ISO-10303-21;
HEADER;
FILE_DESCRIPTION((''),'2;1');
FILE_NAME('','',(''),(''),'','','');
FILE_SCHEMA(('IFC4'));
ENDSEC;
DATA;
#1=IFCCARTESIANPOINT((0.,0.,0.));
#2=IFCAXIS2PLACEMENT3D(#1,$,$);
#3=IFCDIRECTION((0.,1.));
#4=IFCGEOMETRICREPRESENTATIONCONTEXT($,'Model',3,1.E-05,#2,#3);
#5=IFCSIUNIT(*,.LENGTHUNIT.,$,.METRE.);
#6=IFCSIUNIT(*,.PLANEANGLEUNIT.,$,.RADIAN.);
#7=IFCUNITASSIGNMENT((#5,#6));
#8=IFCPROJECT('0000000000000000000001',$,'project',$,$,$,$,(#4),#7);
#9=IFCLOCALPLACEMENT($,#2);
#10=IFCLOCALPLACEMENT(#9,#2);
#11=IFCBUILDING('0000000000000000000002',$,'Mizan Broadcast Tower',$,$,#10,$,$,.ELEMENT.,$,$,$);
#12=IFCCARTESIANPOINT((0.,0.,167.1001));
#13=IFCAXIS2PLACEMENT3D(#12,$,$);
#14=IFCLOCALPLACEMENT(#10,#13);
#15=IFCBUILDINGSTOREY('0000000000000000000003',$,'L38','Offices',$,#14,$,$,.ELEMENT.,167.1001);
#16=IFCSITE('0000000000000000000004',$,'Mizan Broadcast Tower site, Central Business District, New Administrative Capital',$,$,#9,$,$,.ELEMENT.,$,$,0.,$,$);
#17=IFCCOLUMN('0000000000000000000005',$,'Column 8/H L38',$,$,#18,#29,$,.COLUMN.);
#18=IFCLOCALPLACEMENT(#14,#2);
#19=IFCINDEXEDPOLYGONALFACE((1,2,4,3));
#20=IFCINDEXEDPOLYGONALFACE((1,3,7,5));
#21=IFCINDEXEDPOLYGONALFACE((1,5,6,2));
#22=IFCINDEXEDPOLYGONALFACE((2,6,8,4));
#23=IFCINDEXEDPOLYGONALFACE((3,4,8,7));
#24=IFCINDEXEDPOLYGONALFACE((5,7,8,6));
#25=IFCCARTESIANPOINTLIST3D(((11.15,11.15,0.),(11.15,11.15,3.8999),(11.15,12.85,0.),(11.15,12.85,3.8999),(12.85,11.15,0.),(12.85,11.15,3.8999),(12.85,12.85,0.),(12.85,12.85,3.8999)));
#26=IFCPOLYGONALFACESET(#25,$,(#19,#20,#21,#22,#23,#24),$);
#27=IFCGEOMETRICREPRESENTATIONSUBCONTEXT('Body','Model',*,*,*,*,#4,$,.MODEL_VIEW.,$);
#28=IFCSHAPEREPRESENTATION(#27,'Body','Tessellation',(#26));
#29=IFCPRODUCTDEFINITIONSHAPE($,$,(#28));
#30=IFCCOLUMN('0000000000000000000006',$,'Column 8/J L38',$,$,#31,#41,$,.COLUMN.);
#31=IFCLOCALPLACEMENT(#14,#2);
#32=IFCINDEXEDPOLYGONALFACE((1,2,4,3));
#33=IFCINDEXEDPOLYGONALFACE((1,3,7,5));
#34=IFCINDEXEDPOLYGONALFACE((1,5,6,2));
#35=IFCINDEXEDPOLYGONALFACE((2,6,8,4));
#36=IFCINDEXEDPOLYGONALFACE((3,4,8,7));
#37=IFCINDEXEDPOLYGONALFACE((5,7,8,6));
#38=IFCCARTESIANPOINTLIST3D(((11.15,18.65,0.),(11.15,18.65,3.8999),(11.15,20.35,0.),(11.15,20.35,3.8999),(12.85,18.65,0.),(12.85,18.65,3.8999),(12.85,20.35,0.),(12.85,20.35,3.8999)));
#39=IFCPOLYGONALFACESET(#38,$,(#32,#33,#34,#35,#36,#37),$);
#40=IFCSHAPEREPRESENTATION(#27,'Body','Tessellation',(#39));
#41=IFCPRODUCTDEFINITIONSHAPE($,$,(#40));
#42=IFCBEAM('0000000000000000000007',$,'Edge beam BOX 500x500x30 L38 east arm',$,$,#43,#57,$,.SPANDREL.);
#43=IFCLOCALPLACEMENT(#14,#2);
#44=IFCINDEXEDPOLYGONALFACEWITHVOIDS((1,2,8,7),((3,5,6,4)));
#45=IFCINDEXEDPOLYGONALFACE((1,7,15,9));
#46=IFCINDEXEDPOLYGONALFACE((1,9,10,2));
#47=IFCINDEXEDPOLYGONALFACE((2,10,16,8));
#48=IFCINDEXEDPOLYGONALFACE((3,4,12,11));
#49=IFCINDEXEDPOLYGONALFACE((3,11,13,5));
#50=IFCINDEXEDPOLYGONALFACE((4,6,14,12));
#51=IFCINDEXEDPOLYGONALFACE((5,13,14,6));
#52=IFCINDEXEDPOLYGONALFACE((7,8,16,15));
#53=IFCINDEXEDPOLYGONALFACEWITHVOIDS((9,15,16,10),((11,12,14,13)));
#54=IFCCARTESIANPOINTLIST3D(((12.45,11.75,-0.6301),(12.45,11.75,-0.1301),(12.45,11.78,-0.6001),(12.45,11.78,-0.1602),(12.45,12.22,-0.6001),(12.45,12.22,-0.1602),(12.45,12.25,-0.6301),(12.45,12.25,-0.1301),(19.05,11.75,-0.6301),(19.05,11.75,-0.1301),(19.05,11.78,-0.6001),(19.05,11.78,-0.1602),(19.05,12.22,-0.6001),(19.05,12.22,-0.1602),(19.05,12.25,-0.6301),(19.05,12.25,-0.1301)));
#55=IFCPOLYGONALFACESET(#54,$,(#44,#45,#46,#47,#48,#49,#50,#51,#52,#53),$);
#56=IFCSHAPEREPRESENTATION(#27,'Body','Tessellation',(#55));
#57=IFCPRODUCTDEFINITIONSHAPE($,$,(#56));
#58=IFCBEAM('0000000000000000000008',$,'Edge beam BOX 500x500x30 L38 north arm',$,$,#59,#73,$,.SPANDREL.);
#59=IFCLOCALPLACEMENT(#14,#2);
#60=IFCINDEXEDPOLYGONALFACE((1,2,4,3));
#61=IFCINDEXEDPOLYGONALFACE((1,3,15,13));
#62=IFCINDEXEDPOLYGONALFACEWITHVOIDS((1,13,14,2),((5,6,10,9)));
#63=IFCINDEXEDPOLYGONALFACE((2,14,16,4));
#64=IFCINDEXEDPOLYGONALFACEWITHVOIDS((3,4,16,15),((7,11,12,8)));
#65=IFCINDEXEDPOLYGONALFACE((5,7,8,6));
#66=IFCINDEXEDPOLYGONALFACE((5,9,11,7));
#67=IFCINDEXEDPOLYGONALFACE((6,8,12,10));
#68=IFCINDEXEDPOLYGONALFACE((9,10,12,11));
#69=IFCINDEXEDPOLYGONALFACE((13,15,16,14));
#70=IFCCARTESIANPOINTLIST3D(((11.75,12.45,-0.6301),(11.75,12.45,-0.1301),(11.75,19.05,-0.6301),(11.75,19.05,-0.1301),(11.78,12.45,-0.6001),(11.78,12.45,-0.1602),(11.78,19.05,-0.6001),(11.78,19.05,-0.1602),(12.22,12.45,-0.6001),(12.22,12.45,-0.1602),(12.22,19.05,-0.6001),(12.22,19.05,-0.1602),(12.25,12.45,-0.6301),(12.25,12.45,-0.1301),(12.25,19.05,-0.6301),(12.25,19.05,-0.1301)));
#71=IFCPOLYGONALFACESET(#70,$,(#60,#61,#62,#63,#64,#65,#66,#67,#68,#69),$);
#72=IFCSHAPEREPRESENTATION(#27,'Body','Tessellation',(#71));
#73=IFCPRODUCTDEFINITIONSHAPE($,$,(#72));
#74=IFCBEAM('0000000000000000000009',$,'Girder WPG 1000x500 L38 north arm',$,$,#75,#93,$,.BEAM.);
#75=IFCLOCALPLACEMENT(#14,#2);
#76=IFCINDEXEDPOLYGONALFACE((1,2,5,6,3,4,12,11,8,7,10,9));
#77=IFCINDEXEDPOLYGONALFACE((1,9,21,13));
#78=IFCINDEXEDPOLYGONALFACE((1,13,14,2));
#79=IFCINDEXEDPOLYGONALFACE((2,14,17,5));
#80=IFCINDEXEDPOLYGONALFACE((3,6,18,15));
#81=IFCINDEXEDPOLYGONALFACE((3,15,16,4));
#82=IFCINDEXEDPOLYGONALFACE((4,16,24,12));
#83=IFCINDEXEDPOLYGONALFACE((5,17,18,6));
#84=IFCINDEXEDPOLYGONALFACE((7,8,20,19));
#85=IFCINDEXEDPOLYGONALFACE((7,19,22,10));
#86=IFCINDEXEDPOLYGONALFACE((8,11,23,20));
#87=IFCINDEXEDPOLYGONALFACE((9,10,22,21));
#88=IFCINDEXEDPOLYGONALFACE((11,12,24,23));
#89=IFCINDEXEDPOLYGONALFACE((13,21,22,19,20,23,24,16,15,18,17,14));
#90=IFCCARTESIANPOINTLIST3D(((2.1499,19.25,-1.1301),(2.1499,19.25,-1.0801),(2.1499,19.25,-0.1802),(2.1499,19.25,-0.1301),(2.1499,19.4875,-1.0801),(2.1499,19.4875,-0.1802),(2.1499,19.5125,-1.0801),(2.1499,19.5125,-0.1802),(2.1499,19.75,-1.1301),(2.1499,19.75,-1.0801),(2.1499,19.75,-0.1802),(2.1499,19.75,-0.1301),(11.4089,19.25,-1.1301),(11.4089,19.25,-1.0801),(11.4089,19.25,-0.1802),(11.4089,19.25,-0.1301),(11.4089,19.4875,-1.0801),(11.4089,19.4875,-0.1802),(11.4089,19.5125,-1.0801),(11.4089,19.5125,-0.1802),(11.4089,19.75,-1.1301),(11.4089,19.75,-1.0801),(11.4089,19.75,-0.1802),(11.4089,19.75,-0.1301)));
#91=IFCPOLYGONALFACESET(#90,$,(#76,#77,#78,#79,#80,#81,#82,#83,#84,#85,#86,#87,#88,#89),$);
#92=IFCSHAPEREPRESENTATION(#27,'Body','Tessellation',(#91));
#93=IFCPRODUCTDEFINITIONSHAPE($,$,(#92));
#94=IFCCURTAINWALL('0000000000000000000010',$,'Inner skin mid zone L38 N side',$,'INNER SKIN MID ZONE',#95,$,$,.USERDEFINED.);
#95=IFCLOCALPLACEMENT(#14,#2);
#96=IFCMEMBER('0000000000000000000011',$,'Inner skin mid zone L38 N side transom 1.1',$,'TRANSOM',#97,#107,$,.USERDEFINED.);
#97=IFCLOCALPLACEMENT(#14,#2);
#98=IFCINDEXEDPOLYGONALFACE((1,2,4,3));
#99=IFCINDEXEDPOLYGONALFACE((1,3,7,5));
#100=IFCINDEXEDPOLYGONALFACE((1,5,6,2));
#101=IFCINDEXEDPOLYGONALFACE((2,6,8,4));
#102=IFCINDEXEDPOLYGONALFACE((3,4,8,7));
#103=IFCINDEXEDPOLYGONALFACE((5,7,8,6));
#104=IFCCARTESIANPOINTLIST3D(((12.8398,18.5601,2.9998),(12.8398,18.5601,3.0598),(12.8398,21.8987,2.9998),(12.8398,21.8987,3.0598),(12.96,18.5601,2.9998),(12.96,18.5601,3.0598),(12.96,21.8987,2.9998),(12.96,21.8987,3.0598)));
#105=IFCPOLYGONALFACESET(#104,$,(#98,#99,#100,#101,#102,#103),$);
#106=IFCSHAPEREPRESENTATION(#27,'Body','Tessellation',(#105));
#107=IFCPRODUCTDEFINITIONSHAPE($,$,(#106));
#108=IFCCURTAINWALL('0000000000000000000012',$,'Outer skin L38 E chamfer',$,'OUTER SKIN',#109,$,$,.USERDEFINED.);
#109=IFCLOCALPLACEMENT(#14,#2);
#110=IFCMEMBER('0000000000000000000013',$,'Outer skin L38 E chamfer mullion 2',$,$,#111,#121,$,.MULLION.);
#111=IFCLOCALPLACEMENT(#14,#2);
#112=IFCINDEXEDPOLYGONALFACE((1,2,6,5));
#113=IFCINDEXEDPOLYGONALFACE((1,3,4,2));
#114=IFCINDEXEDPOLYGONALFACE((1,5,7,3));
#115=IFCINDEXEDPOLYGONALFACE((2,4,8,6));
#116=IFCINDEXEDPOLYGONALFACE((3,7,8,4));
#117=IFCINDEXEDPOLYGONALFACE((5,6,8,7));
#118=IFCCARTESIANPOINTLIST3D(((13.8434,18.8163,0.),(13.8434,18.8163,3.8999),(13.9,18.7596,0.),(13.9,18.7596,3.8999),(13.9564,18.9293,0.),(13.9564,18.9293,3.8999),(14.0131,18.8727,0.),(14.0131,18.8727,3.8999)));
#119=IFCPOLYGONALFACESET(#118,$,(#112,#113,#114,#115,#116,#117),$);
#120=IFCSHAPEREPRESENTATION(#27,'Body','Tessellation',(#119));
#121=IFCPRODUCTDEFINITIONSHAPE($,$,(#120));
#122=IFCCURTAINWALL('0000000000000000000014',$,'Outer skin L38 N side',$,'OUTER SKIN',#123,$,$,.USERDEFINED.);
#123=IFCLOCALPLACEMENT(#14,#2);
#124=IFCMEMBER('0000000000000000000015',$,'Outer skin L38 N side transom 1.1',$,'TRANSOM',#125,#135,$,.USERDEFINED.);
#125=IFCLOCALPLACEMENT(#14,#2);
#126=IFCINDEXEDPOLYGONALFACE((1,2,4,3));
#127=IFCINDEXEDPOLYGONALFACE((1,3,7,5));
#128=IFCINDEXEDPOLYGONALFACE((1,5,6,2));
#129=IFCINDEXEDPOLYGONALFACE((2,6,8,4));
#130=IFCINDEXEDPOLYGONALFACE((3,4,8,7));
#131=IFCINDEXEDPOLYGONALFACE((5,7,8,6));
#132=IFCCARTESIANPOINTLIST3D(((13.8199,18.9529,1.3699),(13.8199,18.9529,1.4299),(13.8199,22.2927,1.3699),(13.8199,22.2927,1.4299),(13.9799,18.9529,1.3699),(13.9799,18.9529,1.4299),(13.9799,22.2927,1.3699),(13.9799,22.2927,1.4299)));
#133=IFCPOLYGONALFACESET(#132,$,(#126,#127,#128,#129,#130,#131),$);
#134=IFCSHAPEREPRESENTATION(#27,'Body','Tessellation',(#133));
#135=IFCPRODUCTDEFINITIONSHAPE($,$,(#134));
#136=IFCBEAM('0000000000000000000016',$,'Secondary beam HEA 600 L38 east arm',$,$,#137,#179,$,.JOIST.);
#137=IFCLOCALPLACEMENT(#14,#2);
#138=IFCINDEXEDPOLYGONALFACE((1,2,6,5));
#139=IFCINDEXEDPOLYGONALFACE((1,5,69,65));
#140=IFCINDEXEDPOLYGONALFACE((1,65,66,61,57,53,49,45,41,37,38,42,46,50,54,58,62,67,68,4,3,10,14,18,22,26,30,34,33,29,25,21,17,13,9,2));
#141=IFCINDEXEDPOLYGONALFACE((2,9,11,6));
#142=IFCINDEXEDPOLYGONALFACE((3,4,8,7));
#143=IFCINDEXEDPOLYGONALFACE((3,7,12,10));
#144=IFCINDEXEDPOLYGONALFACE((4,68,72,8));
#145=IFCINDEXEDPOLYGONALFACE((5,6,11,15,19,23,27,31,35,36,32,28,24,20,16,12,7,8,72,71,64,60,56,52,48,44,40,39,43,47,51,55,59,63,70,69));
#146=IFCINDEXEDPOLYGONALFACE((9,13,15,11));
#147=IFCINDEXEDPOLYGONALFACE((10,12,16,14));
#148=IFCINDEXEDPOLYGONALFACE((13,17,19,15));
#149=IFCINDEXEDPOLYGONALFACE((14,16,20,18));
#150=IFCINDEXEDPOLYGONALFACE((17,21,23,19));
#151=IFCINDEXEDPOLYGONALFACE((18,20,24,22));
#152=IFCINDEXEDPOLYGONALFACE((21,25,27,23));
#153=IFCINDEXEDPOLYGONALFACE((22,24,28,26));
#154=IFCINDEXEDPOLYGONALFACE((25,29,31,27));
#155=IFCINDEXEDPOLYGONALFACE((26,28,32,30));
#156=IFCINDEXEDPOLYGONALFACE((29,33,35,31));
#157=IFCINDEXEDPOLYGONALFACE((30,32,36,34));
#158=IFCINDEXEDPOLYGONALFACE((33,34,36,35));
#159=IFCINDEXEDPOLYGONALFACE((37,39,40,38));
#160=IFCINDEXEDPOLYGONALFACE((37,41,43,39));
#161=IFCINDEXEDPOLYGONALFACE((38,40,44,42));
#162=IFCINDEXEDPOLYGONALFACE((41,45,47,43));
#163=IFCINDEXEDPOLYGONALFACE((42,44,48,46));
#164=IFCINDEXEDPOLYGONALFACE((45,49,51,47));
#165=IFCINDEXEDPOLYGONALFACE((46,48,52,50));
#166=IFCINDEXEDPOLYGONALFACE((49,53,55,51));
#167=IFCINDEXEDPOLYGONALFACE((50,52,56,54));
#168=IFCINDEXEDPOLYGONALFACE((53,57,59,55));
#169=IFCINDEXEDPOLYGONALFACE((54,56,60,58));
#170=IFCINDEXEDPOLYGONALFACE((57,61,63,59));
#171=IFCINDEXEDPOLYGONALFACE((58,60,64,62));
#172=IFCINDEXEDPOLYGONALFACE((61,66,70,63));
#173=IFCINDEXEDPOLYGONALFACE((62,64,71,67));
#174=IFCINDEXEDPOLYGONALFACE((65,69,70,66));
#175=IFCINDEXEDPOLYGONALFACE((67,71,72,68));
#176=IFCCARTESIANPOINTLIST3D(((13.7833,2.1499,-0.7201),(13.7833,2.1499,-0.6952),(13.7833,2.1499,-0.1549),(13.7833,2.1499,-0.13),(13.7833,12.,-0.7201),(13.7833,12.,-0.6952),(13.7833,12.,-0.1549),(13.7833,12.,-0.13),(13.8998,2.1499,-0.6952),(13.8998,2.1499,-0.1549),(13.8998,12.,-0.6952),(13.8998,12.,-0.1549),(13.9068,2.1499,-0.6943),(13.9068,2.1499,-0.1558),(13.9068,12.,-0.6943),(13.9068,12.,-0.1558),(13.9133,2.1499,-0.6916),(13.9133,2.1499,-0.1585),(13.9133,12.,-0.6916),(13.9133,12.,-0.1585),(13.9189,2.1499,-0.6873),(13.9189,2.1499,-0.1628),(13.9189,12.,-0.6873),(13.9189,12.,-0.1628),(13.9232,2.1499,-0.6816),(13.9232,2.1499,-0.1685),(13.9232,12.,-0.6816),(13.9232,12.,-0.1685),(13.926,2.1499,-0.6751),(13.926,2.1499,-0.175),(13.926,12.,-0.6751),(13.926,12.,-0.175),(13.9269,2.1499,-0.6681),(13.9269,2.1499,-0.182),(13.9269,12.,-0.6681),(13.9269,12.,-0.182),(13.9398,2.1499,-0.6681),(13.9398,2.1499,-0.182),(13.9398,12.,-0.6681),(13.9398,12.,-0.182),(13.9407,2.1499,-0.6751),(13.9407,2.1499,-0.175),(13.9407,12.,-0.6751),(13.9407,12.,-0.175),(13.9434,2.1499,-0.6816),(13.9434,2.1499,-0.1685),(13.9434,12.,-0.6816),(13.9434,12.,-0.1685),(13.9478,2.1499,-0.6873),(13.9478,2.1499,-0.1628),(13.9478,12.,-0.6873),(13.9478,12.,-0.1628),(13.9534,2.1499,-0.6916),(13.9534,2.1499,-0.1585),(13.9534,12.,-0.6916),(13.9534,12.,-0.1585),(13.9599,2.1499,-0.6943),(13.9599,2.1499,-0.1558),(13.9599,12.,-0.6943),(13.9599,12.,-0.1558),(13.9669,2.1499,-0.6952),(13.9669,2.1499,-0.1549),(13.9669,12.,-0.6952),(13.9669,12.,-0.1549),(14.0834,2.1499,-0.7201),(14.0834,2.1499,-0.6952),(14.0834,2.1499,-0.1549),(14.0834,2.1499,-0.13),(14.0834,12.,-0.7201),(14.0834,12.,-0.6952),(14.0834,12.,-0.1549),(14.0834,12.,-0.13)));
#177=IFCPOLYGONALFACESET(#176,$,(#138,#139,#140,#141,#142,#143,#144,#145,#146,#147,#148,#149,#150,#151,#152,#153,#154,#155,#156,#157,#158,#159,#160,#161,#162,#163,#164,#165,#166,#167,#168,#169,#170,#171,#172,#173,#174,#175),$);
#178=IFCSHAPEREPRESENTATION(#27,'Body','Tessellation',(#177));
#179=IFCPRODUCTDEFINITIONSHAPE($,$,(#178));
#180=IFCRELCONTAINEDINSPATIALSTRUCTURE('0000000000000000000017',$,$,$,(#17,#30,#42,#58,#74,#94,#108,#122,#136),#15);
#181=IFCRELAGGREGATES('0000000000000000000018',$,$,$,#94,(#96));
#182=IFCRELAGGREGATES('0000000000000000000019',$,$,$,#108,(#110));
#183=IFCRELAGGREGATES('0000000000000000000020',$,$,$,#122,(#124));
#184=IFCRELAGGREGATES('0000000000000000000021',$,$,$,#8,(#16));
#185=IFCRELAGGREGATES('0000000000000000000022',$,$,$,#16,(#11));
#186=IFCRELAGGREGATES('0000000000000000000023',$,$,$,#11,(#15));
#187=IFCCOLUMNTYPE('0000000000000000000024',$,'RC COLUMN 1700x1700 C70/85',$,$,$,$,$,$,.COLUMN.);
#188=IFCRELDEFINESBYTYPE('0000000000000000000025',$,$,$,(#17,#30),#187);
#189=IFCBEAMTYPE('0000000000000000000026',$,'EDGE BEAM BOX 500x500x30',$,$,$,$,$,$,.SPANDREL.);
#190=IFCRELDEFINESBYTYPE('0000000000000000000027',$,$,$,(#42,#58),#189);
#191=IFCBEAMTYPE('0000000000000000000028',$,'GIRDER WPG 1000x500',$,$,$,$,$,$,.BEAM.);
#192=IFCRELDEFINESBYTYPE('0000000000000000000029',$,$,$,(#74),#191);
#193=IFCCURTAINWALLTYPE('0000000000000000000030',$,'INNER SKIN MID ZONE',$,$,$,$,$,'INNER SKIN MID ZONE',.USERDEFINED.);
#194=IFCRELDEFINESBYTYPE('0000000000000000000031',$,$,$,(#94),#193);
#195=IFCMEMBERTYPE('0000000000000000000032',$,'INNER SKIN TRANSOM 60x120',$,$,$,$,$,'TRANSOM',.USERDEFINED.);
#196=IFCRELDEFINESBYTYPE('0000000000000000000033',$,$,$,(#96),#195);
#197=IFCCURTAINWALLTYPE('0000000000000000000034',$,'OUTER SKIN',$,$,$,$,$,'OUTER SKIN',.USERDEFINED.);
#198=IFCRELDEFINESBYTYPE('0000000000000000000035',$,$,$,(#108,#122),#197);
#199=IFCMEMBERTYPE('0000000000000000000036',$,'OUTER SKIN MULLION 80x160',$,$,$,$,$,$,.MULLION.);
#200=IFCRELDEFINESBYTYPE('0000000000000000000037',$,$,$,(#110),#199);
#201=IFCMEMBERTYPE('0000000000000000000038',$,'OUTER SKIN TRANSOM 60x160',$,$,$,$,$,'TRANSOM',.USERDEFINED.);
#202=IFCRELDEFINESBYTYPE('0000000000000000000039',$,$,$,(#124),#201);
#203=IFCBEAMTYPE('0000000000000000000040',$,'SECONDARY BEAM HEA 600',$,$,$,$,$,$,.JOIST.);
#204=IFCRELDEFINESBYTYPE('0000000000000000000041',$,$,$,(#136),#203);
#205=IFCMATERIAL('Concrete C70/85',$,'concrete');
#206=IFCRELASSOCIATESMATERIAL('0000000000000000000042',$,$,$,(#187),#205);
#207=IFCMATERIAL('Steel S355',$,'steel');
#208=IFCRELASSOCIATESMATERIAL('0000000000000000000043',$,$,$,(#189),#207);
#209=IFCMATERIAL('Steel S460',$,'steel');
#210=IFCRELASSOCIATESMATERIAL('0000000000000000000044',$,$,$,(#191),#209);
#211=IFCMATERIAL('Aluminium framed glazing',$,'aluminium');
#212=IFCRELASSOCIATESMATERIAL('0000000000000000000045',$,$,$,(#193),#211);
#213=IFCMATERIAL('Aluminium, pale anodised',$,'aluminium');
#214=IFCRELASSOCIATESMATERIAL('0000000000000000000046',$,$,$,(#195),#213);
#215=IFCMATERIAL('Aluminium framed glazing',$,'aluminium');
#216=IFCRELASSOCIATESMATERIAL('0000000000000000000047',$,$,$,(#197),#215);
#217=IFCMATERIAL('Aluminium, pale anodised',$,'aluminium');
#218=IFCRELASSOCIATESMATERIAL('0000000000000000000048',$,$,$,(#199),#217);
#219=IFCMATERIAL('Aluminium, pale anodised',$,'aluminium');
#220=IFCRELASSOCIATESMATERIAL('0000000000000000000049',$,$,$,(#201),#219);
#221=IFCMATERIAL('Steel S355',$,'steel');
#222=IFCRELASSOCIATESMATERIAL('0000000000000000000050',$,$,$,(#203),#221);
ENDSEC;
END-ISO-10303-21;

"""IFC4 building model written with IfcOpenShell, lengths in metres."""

from ifc_helpers import new_model, si_unit, direction, frame, origin, origin_2d, place, context, subcontext, project, spatial, rectangle, hollow_rectangle, i_section, extrude, material, material_profile, profile_set, type_object, element, aggregate, save


model = new_model("IFC4")

# Units and contexts
model_context = context("Model", 3, precision=1e-05, world=origin(), true_north=direction((0.0, 1.0)))
body_context = subcontext(model_context, "Body", "Model", "MODEL_VIEW")
ifc_project = project(units=[si_unit("LENGTHUNIT", "METRE"), si_unit("PLANEANGLEUNIT", "RADIAN")], contexts=[model_context])

# Site, building, storey
site_placement = place(None, origin())
site = spatial("IfcSite", under=ifc_project, at=site_placement, Name="Mizan Broadcast Tower site, Central Business District, New Administrative Capital", CompositionType="ELEMENT", RefElevation=0.0)
building_placement = place(site_placement, origin())
building = spatial("IfcBuilding", under=site, at=building_placement, Name="Mizan Broadcast Tower", CompositionType="ELEMENT")
storey_placement = place(building_placement, frame((0.0, 0.0, 167.1001)))
storey = spatial("IfcBuildingStorey", under=building, at=storey_placement, Name="L38", Description="Offices", CompositionType="ELEMENT", Elevation=167.1001)

# Columns
ifc_material_1 = material(Name="Concrete C70/85", Category="concrete")
ifc_material_profile_1 = material_profile(ifc_material_1, rectangle(XDim=1.7, YDim=1.7, at=origin_2d()), Name="RC 1700x1700")
ifc_profile_set_1 = profile_set([ifc_material_profile_1], Name="Concrete C70/85")
column_type = type_object("IfcColumnType", Name="RC COLUMN 1700x1700 C70/85", PredefinedType="COLUMN", material=ifc_profile_set_1)
for number, where, z_axis, x_axis, name in (
    (1, (12.0, 12.0, 0.0), (0.0, 0.0, 1.0), (1.0, 0.0, 0.0), "Column 8/H L38"),
    (2, (12.0, 19.5, 0.0), (0.0, 0.0, 1.0), (1.0, 0.0, 0.0), "Column 8/J L38"),
):
    element("IfcColumn", number, at=place(storey_placement, frame(where, z_axis=z_axis, x_axis=x_axis)), inside=storey, type_object=column_type, Name=name, PredefinedType="COLUMN", context=body_context, shape_type="SweptSolid", body=[
        extrude(rectangle(XDim=1.7, YDim=1.7, at=origin_2d()), origin(), (0.0, 0.0, 1.0), 3.8999),
    ])

# Beams
ifc_material_2 = material(Name="Steel S355", Category="steel")
ifc_material_profile_2 = material_profile(ifc_material_2, hollow_rectangle(XDim=0.5, YDim=0.5, WallThickness=0.03, at=origin_2d()), Name="BOX 500x500x30")
ifc_profile_set_2 = profile_set([ifc_material_profile_2], Name="Steel S355")
beam_type_1 = type_object("IfcBeamType", Name="EDGE BEAM BOX 500x500x30", PredefinedType="SPANDREL", material=ifc_profile_set_2)
for number, where, z_axis, x_axis, name in (
    (3, (12.45, 12.0, -0.3801), (1.0, 0.0, 0.0), (0.0, 1.0, 0.0), "Edge beam BOX 500x500x30 L38 east arm"),
    (4, (12.0, 12.45, -0.3801), (0.0, 1.0, 0.0), (-1.0, 0.0, 0.0), "Edge beam BOX 500x500x30 L38 north arm"),
):
    element("IfcBeam", number, at=place(storey_placement, frame(where, z_axis=z_axis, x_axis=x_axis)), inside=storey, type_object=beam_type_1, Name=name, PredefinedType="SPANDREL", context=body_context, shape_type="SweptSolid", body=[
        extrude(hollow_rectangle(XDim=0.5, YDim=0.5, WallThickness=0.03, at=origin_2d()), origin(), (0.0, 0.0, 1.0), 6.6001),
    ])
ifc_material_3 = material(Name="Steel S460", Category="steel")
ifc_material_profile_3 = material_profile(ifc_material_3, i_section(OverallWidth=0.5, OverallDepth=1.0, WebThickness=0.0249, FlangeThickness=0.05, at=origin_2d()), Name="WPG 1000x500")
ifc_profile_set_3 = profile_set([ifc_material_profile_3], Name="Steel S460")
beam_type_2 = type_object("IfcBeamType", Name="GIRDER WPG 1000x500", PredefinedType="BEAM", material=ifc_profile_set_3)
beam_1_placement = place(storey_placement, frame((11.4089, 19.5, -0.6301), z_axis=(-1.0, 0.0, 0.0), x_axis=(0.0, -1.0, 0.0)))
element("IfcBeam", 5, at=beam_1_placement, inside=storey, type_object=beam_type_2, Name="Girder WPG 1000x500 L38 north arm", PredefinedType="BEAM", context=body_context, shape_type="SweptSolid", body=[
    extrude(i_section(OverallWidth=0.5, OverallDepth=1.0, WebThickness=0.0249, FlangeThickness=0.05, at=origin_2d()), origin(), (0.0, 0.0, 1.0), 9.259),
])

# Curtain walls, members
ifc_material_4 = material(Name="Aluminium framed glazing", Category="aluminium")
curtain_wall_type_1 = type_object("IfcCurtainWallType", Name="INNER SKIN MID ZONE", ElementType="INNER SKIN MID ZONE", PredefinedType="USERDEFINED", material=ifc_material_4)
curtain_wall_1_placement = place(storey_placement, origin())
curtain_wall_1 = element("IfcCurtainWall", 6, at=curtain_wall_1_placement, inside=storey, type_object=curtain_wall_type_1, Name="Inner skin mid zone L38 N side", ObjectType="INNER SKIN MID ZONE", PredefinedType="USERDEFINED")
ifc_material_5 = material(Name="Aluminium, pale anodised", Category="aluminium")
ifc_material_profile_4 = material_profile(ifc_material_5, rectangle(XDim=0.1201, YDim=0.0601, at=origin_2d()), Name="TRANSOM 120x60")
ifc_profile_set_4 = profile_set([ifc_material_profile_4], Name="Aluminium, pale anodised")
member_type_1 = type_object("IfcMemberType", Name="INNER SKIN TRANSOM 60x120", ElementType="TRANSOM", PredefinedType="USERDEFINED", material=ifc_profile_set_4)
member_1_placement = place(storey_placement, frame((12.8999, 18.5601, 3.0298), z_axis=(0.0, 1.0, 0.0), x_axis=(-1.0, 0.0, 0.0)))
member_1 = element("IfcMember", 7, at=member_1_placement, type_object=member_type_1, Name="Inner skin mid zone L38 N side transom 1.1", ObjectType="TRANSOM", PredefinedType="USERDEFINED", context=body_context, shape_type="SweptSolid", body=[
    extrude(rectangle(XDim=0.1201, YDim=0.0601, at=origin_2d()), origin(), (0.0, 0.0, 1.0), 3.3386),
])
aggregate(curtain_wall_1, [member_1])
ifc_material_6 = material(Name="Aluminium framed glazing", Category="aluminium")
curtain_wall_type_2 = type_object("IfcCurtainWallType", Name="OUTER SKIN", ElementType="OUTER SKIN", PredefinedType="USERDEFINED", material=ifc_material_6)
curtain_wall_2_placement = place(storey_placement, origin())
curtain_wall_2 = element("IfcCurtainWall", 8, at=curtain_wall_2_placement, inside=storey, type_object=curtain_wall_type_2, Name="Outer skin L38 E chamfer", ObjectType="OUTER SKIN", PredefinedType="USERDEFINED")
ifc_material_7 = material(Name="Aluminium, pale anodised", Category="aluminium")
ifc_material_profile_5 = material_profile(ifc_material_7, rectangle(XDim=0.1599, YDim=0.0801, at=origin_2d()), Name="MULLION 160x80")
ifc_profile_set_5 = profile_set([ifc_material_profile_5], Name="Aluminium, pale anodised")
member_type_2 = type_object("IfcMemberType", Name="OUTER SKIN MULLION 80x160", PredefinedType="MULLION", material=ifc_profile_set_5)
member_2_placement = place(storey_placement, frame((13.9282, 18.8445, 0.0), z_axis=(0.0, 0.0, 1.0), x_axis=(-0.707107, -0.707107, 0.0)))
member_2 = element("IfcMember", 9, at=member_2_placement, type_object=member_type_2, Name="Outer skin L38 E chamfer mullion 2", PredefinedType="MULLION", context=body_context, shape_type="SweptSolid", body=[
    extrude(rectangle(XDim=0.1599, YDim=0.0801, at=origin_2d()), origin(), (0.0, 0.0, 1.0), 3.8999),
])
aggregate(curtain_wall_2, [member_2])
curtain_wall_3_placement = place(storey_placement, origin())
curtain_wall_3 = element("IfcCurtainWall", 10, at=curtain_wall_3_placement, inside=storey, type_object=curtain_wall_type_2, Name="Outer skin L38 N side", ObjectType="OUTER SKIN", PredefinedType="USERDEFINED")
ifc_material_8 = material(Name="Aluminium, pale anodised", Category="aluminium")
ifc_material_profile_6 = material_profile(ifc_material_8, rectangle(XDim=0.1599, YDim=0.0601, at=origin_2d()), Name="TRANSOM 160x60")
ifc_profile_set_6 = profile_set([ifc_material_profile_6], Name="Aluminium, pale anodised")
member_type_3 = type_object("IfcMemberType", Name="OUTER SKIN TRANSOM 60x160", ElementType="TRANSOM", PredefinedType="USERDEFINED", material=ifc_profile_set_6)
member_3_placement = place(storey_placement, frame((13.8999, 18.9529, 1.3999), z_axis=(0.0, 1.0, 0.0), x_axis=(-1.0, 0.0, 0.0)))
member_3 = element("IfcMember", 11, at=member_3_placement, type_object=member_type_3, Name="Outer skin L38 N side transom 1.1", ObjectType="TRANSOM", PredefinedType="USERDEFINED", context=body_context, shape_type="SweptSolid", body=[
    extrude(rectangle(XDim=0.1599, YDim=0.0601, at=origin_2d()), origin(), (0.0, 0.0, 1.0), 3.3398),
])
aggregate(curtain_wall_3, [member_3])

# Beam
ifc_material_9 = material(Name="Steel S355", Category="steel")
ifc_material_profile_7 = material_profile(ifc_material_9, i_section(OverallWidth=0.3, OverallDepth=0.5901, WebThickness=0.0129, FlangeThickness=0.0249, FilletRadius=0.0271, at=origin_2d()), Name="HEA 600")
ifc_profile_set_7 = profile_set([ifc_material_profile_7], Name="Steel S355")
beam_type_3 = type_object("IfcBeamType", Name="SECONDARY BEAM HEA 600", PredefinedType="JOIST", material=ifc_profile_set_7)
for number, where, z_axis, x_axis, name in (
    (12, (13.9333, 12.0, -0.425), (0.0, -1.0, 0.0), (1.0, 0.0, 0.0), "Secondary beam HEA 600 L38 east arm"),
):
    element("IfcBeam", number, at=place(storey_placement, frame(where, z_axis=z_axis, x_axis=x_axis)), inside=storey, type_object=beam_type_3, Name=name, PredefinedType="JOIST", context=body_context, shape_type="SweptSolid", body=[
        extrude(i_section(OverallWidth=0.3, OverallDepth=0.5901, WebThickness=0.0129, FlangeThickness=0.0249, FilletRadius=0.0271, at=origin_2d()), origin(), (0.0, 0.0, 1.0), 9.8501),
    ])

save(model, "model.ifc")
